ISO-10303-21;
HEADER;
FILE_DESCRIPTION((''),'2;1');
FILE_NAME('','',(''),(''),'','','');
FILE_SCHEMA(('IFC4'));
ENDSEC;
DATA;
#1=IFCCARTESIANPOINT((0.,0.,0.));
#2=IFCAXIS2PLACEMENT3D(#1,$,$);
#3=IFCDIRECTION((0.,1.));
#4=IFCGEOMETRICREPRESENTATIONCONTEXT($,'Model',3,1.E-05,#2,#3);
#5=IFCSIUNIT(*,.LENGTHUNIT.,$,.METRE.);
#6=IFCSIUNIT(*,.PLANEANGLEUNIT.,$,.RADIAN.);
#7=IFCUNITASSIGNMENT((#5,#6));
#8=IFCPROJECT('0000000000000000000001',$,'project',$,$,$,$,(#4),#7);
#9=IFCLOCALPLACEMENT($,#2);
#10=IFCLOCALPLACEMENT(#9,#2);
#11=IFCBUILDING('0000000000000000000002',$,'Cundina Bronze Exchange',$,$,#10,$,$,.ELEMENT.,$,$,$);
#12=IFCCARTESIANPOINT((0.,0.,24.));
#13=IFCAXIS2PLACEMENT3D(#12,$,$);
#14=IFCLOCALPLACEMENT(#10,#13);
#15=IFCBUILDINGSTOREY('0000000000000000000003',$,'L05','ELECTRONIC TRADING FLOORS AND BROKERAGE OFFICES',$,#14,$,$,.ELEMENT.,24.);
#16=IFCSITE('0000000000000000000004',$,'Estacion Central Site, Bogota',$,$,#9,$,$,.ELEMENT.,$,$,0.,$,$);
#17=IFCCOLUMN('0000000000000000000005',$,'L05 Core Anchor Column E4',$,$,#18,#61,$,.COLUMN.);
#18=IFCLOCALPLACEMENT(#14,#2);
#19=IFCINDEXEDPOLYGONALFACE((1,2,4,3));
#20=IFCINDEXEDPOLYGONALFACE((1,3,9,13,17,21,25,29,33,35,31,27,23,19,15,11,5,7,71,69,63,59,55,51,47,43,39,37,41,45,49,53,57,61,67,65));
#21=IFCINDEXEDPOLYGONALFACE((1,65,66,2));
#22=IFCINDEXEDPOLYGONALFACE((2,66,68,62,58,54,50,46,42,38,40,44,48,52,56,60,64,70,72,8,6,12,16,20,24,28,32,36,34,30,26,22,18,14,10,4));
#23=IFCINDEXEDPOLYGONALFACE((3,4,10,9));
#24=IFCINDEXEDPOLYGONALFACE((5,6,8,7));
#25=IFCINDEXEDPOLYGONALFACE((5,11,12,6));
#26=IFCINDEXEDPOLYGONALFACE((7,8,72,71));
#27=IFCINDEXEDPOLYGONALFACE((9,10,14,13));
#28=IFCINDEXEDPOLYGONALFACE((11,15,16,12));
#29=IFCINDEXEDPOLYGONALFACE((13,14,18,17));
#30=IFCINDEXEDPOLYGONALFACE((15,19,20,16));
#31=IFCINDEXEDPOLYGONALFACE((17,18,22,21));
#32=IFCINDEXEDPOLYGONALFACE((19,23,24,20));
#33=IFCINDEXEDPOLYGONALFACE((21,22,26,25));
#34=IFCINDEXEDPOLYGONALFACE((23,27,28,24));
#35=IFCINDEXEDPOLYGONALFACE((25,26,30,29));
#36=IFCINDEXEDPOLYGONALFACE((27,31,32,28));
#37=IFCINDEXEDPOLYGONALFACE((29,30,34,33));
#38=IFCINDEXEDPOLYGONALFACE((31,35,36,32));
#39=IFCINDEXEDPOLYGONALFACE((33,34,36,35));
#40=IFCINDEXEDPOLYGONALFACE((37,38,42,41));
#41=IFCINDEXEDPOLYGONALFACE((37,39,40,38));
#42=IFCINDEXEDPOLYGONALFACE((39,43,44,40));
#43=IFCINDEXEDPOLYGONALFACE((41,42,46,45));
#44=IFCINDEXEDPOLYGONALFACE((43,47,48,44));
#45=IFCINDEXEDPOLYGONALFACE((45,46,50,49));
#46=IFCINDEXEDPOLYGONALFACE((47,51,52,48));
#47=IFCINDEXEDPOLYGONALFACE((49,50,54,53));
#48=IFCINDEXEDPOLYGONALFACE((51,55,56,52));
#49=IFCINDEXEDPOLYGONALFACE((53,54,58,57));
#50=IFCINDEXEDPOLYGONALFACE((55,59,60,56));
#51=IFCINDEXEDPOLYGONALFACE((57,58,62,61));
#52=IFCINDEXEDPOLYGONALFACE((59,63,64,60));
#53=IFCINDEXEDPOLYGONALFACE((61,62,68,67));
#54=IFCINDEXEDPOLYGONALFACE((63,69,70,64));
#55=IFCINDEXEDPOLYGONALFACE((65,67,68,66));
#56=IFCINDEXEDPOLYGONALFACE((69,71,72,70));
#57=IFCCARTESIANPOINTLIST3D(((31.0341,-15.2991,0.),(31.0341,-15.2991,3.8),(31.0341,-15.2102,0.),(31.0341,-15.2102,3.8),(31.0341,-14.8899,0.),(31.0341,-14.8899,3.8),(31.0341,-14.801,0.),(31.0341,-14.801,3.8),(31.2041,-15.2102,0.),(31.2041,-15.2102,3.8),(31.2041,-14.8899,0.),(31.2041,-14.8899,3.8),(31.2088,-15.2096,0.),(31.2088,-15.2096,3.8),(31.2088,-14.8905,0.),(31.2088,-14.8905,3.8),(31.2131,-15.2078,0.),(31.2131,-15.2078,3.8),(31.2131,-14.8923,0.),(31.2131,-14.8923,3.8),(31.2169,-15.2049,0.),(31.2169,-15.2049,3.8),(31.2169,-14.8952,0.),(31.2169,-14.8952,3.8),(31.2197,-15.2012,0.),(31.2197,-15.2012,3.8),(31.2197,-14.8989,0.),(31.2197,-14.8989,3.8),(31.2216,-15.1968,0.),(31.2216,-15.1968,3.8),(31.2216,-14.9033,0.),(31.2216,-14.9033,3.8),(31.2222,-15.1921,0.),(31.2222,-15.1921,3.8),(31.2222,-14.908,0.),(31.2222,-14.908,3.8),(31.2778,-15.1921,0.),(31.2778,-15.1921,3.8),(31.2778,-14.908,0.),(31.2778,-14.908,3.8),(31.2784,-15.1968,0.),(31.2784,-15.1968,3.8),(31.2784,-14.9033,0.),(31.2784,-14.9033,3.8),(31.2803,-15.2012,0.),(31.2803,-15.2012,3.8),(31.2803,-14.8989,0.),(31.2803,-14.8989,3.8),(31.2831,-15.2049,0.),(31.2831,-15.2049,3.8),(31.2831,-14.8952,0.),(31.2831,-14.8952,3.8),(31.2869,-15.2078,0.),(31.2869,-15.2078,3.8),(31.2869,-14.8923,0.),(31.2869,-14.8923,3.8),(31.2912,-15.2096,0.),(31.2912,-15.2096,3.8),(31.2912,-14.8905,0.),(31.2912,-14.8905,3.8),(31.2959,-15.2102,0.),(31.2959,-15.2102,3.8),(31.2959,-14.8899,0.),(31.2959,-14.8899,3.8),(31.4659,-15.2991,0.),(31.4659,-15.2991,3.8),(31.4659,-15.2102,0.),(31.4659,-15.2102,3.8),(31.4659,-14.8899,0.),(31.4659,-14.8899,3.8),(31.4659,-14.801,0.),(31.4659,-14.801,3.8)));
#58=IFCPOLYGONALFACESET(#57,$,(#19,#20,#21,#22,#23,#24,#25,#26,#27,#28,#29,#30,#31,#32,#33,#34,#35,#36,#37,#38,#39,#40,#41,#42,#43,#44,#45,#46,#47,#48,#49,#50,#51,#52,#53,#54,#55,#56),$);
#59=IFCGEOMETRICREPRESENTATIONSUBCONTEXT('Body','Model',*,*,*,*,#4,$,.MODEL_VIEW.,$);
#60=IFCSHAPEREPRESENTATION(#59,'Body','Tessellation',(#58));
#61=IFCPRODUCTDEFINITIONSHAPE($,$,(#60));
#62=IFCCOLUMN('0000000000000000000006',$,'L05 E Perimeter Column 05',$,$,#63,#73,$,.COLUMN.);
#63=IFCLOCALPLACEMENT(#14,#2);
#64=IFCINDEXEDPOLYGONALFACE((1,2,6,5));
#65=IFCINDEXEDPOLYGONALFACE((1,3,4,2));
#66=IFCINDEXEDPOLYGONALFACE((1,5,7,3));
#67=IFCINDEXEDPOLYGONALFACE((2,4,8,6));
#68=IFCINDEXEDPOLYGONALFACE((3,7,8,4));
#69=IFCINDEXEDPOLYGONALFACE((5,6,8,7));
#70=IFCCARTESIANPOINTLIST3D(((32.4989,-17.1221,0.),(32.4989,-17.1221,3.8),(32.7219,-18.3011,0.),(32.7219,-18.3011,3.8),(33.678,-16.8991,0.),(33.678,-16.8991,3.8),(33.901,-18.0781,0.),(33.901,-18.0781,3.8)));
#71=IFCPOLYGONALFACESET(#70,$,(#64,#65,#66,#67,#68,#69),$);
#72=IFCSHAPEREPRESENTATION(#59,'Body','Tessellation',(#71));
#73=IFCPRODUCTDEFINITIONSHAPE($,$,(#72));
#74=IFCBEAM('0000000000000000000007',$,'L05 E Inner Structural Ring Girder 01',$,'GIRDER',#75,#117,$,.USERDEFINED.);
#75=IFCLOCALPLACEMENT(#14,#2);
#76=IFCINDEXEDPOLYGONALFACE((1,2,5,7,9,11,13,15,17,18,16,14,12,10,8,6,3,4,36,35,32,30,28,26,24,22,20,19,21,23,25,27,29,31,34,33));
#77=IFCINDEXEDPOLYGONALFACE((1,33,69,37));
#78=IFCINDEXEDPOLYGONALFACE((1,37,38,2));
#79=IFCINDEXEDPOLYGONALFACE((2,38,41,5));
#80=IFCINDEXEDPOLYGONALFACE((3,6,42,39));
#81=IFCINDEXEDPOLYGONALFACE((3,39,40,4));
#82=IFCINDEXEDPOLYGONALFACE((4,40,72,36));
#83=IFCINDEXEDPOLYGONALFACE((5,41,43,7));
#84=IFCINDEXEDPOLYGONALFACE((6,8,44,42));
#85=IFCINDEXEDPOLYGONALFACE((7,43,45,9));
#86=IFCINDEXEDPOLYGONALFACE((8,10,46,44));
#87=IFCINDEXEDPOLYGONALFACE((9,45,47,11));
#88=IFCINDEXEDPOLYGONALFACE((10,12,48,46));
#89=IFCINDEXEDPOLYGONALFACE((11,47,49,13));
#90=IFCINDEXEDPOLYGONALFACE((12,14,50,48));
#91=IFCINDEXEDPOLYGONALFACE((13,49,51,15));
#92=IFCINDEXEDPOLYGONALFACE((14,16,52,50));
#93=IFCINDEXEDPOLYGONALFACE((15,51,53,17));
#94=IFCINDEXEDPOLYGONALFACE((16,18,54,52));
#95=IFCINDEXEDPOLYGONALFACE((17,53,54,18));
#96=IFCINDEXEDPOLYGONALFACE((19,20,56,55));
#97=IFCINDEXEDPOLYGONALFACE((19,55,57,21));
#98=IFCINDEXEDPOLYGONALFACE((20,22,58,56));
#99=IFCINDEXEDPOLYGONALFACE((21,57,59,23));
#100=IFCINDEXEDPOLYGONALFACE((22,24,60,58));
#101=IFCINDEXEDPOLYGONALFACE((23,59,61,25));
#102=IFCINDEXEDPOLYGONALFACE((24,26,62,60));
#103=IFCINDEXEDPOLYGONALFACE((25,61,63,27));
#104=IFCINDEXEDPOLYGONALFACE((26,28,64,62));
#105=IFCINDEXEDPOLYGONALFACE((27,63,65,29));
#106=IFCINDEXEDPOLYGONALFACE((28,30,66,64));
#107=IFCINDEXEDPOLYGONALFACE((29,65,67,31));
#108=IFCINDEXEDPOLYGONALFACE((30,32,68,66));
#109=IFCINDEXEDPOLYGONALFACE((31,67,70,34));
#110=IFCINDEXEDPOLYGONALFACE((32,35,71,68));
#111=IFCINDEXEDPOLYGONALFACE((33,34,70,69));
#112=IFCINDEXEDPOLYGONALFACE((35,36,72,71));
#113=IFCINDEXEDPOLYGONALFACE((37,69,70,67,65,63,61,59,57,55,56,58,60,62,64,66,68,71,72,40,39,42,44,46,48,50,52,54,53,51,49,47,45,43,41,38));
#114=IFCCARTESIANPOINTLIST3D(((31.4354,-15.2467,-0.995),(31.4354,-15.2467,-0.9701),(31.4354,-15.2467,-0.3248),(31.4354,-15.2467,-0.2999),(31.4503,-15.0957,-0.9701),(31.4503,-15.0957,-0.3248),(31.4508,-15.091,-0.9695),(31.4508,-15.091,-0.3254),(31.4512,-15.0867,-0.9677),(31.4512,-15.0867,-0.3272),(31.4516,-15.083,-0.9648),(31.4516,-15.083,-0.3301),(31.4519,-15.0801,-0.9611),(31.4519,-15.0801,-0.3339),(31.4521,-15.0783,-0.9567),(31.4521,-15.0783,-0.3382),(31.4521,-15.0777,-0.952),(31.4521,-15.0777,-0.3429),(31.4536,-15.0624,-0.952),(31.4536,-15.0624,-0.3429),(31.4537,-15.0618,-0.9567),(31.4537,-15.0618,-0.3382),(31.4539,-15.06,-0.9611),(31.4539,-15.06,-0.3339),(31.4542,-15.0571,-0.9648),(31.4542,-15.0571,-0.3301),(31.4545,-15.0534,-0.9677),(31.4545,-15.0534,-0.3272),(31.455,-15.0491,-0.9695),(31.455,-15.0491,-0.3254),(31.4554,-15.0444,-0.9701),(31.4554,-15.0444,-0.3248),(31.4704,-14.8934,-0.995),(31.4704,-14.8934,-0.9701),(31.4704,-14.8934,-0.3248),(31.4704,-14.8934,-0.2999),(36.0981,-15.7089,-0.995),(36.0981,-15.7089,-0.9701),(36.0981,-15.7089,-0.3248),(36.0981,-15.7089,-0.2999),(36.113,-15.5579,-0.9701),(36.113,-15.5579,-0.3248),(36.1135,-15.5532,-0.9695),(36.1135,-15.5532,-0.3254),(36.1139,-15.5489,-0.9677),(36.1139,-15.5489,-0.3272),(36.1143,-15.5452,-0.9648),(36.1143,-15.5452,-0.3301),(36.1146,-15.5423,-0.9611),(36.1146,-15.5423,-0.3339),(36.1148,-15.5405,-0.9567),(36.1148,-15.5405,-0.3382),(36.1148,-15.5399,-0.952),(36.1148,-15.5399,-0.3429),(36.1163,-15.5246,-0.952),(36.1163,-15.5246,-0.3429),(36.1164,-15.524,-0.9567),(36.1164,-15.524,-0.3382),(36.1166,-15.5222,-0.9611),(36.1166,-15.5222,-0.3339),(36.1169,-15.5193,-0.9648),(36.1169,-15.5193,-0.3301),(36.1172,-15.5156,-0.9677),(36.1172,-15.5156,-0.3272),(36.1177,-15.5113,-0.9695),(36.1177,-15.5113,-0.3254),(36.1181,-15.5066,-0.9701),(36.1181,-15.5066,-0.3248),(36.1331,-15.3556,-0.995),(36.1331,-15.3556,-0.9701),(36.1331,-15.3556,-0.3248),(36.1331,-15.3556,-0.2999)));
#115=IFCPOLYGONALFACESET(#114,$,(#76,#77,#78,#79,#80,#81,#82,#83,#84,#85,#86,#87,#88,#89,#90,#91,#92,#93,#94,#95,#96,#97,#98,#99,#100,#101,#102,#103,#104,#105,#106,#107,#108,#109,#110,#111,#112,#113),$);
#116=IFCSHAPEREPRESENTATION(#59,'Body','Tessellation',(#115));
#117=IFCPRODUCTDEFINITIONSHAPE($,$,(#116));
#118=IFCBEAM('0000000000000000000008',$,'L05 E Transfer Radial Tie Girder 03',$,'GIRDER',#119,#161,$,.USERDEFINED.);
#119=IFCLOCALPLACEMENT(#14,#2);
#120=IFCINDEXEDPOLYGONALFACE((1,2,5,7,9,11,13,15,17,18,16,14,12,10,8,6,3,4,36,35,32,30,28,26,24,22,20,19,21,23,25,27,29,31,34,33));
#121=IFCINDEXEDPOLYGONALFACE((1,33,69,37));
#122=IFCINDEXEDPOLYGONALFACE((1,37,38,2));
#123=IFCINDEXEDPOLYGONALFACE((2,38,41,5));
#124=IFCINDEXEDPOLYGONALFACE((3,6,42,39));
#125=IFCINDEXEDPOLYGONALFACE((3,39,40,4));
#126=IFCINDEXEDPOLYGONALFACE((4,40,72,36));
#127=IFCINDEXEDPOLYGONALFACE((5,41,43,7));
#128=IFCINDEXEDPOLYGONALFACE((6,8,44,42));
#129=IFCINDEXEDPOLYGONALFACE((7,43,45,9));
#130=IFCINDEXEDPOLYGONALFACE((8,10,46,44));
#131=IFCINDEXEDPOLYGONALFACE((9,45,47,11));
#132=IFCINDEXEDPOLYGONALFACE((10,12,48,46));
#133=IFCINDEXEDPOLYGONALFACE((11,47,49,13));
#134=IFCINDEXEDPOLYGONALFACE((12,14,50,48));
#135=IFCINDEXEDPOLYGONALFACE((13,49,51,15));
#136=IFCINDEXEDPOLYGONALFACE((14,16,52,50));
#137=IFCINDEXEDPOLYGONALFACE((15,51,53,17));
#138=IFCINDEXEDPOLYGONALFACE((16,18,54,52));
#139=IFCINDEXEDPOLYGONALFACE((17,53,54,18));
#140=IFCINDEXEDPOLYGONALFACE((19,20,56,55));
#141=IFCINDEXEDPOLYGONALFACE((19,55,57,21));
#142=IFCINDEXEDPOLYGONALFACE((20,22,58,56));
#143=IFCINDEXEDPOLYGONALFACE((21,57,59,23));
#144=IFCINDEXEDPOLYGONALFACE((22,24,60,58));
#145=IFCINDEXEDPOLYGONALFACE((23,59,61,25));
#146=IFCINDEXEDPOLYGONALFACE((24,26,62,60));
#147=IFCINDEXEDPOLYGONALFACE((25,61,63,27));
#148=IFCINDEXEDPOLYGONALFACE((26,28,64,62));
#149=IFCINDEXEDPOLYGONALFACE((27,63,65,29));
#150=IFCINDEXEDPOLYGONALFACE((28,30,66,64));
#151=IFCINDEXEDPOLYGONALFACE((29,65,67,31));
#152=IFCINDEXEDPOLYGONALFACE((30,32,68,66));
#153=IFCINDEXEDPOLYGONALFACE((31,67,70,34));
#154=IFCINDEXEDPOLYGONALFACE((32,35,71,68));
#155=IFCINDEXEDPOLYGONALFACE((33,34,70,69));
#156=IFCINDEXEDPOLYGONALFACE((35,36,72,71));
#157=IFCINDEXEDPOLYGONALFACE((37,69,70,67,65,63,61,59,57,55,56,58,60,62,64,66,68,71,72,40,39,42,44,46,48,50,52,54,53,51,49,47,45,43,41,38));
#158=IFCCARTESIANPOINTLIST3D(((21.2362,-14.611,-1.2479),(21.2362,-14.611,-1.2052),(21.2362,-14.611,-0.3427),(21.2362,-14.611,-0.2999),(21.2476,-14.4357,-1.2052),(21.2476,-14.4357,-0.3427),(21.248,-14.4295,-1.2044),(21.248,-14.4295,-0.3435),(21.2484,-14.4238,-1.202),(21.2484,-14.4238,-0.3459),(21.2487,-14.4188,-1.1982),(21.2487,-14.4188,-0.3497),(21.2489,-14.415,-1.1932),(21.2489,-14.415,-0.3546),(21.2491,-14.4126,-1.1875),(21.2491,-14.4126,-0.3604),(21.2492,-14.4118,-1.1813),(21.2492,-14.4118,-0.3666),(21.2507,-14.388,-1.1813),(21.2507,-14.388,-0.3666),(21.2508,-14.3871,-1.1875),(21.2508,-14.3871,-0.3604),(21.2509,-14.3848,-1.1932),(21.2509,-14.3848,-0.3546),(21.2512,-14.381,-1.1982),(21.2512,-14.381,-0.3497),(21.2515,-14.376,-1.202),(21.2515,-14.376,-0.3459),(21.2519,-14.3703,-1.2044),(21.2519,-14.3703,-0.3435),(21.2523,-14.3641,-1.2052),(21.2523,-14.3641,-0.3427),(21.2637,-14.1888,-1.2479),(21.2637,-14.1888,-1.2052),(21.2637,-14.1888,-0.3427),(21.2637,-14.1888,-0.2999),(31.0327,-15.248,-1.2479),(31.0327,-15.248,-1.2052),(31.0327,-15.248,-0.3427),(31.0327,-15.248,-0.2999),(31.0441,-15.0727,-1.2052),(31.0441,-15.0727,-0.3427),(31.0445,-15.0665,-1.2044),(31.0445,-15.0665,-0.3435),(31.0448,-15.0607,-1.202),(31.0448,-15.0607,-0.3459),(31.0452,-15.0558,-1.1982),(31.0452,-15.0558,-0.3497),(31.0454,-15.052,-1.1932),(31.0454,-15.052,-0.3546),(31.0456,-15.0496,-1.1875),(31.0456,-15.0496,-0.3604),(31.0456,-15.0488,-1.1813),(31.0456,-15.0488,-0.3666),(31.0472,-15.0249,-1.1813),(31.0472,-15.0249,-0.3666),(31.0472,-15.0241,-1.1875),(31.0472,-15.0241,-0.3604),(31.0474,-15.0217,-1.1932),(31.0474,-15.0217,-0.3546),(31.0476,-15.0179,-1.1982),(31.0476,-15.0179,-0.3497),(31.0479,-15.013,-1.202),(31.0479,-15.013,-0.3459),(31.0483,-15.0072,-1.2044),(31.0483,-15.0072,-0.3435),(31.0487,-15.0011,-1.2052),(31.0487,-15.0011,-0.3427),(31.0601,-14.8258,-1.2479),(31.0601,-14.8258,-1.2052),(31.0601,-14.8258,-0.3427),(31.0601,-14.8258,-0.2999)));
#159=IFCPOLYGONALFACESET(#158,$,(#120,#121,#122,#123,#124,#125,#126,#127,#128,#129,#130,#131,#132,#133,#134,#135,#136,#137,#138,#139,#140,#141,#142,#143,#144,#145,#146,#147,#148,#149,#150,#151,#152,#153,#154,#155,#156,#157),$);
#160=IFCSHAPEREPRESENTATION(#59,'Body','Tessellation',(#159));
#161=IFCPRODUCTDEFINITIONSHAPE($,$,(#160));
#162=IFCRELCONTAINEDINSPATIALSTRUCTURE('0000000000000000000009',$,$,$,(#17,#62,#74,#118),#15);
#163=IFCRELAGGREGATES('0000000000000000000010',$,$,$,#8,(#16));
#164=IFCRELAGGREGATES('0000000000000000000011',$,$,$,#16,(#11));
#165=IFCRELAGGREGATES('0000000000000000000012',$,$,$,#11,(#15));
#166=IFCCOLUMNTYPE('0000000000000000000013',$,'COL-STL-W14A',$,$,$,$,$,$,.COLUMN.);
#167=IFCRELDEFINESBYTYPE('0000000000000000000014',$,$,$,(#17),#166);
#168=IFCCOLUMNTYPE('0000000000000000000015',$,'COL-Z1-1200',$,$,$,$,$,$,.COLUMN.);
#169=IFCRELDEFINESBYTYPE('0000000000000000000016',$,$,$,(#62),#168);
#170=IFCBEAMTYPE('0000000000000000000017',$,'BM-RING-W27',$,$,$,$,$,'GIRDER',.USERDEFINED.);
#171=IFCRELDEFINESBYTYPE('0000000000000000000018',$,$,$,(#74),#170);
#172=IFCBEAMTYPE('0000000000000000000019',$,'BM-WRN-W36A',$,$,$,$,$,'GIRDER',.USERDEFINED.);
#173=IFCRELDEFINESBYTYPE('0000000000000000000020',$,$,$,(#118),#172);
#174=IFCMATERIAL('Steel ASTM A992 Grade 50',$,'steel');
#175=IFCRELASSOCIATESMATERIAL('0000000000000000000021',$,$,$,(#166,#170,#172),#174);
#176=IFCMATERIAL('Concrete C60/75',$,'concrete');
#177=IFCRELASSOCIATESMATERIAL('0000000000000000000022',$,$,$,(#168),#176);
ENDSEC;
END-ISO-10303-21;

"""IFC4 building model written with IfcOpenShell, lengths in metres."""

from ifc_helpers import new_model, si_unit, direction, frame, origin, origin_2d, place, context, subcontext, project, spatial, rectangle, i_section, extrude, material, material_profile, profile_set, type_object, element, save


model = new_model("IFC4")

# Units and contexts
model_context = context("Model", 3, precision=1e-05, world=origin(), true_north=direction((0.0, 1.0)))
body_context = subcontext(model_context, "Body", "Model", "MODEL_VIEW")
ifc_project = project(units=[si_unit("LENGTHUNIT", "METRE"), si_unit("PLANEANGLEUNIT", "RADIAN")], contexts=[model_context])

# Site, building, storey
site_placement = place(None, origin())
site = spatial("IfcSite", under=ifc_project, at=site_placement, Name="Estacion Central Site, Bogota", CompositionType="ELEMENT", RefElevation=0.0)
building_placement = place(site_placement, origin())
building = spatial("IfcBuilding", under=site, at=building_placement, Name="Cundina Bronze Exchange", CompositionType="ELEMENT")
storey_placement = place(building_placement, frame((0.0, 0.0, 24.0)))
storey = spatial("IfcBuildingStorey", under=building, at=storey_placement, Name="L05", Description="ELECTRONIC TRADING FLOORS AND BROKERAGE OFFICES", CompositionType="ELEMENT", Elevation=24.0)

# Columns
ifc_material_1 = material(Name="Steel ASTM A992 Grade 50", Category="steel")
ifc_material_profile_1 = material_profile(ifc_material_1, i_section(OverallWidth=0.4319, OverallDepth=0.498, WebThickness=0.0557, FlangeThickness=0.0889, FilletRadius=0.0181, at=origin_2d()), Name="W14X500", Category="steel")
ifc_profile_set_1 = profile_set([ifc_material_profile_1], Name="Steel ASTM A992 Grade 50")
column_type_1 = type_object("IfcColumnType", Name="COL-STL-W14A", PredefinedType="COLUMN", material=ifc_profile_set_1)
column_1_placement = place(storey_placement, frame((31.25, -15.05, 0.0), z_axis=(0.0, 0.0, 1.0), x_axis=(1.0, 0.0, 0.0)))
element("IfcColumn", 1, at=column_1_placement, inside=storey, type_object=column_type_1, Name="L05 Core Anchor Column E4", PredefinedType="COLUMN", context=body_context, shape_type="SweptSolid", body=[
    extrude(i_section(OverallWidth=0.4319, OverallDepth=0.498, WebThickness=0.0557, FlangeThickness=0.0889, FilletRadius=0.0181, at=origin_2d()), origin(), (0.0, 0.0, 1.0), 3.8),
])
ifc_material_2 = material(Name="Concrete C60/75", Category="concrete")
ifc_material_profile_2 = material_profile(ifc_material_2, rectangle(XDim=1.2, YDim=1.2, at=origin_2d()), Name="RC1200X1200", Category="concrete")
ifc_profile_set_2 = profile_set([ifc_material_profile_2], Name="Concrete C60/75")
column_type_2 = type_object("IfcColumnType", Name="COL-Z1-1200", PredefinedType="COLUMN", material=ifc_profile_set_2)
column_2_placement = place(storey_placement, frame((33.2, -17.6001, 0.0), z_axis=(0.0, 0.0, 1.0), x_axis=(0.98258, 0.185838, 0.0)))
element("IfcColumn", 2, at=column_2_placement, inside=storey, type_object=column_type_2, Name="L05 E Perimeter Column 05", PredefinedType="COLUMN", context=body_context, shape_type="SweptSolid", body=[
    extrude(rectangle(XDim=1.2, YDim=1.2, at=origin_2d()), origin(), (0.0, 0.0, 1.0), 3.8),
])

# Beams
ifc_material_profile_3 = material_profile(ifc_material_1, i_section(OverallWidth=0.355, OverallDepth=0.6951, WebThickness=0.0154, FlangeThickness=0.0249, FilletRadius=0.0181, at=origin_2d()), Name="W27X146", Category="steel")
ifc_profile_set_3 = profile_set([ifc_material_profile_3], Name="Steel ASTM A992 Grade 50")
beam_type_1 = type_object("IfcBeamType", Name="BM-RING-W27", ElementType="GIRDER", PredefinedType="USERDEFINED", material=ifc_profile_set_3)
beam_1_placement = place(storey_placement, frame((31.4529, -15.0701, -0.6475), z_axis=(0.995123, -0.098637, 0.0), x_axis=(0.098637, 0.995123, 0.0)))
element("IfcBeam", 3, at=beam_1_placement, inside=storey, type_object=beam_type_1, Name="L05 E Inner Structural Ring Girder 01", ObjectType="GIRDER", PredefinedType="USERDEFINED", context=body_context, shape_type="SweptSolid", body=[
    extrude(i_section(OverallWidth=0.355, OverallDepth=0.6951, WebThickness=0.0154, FlangeThickness=0.0249, FilletRadius=0.0181, at=origin_2d()), origin(), (0.0, 0.0, 1.0), 4.6855),
])
ifc_material_profile_4 = material_profile(ifc_material_1, i_section(OverallWidth=0.4231, OverallDepth=0.948, WebThickness=0.0239, FlangeThickness=0.0427, FilletRadius=0.0239, at=origin_2d()), Name="W36X302", Category="steel")
ifc_profile_set_4 = profile_set([ifc_material_profile_4], Name="Steel ASTM A992 Grade 50")
beam_type_2 = type_object("IfcBeamType", Name="BM-WRN-W36A", ElementType="GIRDER", PredefinedType="USERDEFINED", material=ifc_profile_set_4)
beam_2_placement = place(storey_placement, frame((31.0464, -15.0369, -0.7739), z_axis=(-0.997893, 0.064883, 0.0), x_axis=(-0.064883, -0.997893, 0.0)))
element("IfcBeam", 4, at=beam_2_placement, inside=storey, type_object=beam_type_2, Name="L05 E Transfer Radial Tie Girder 03", ObjectType="GIRDER", PredefinedType="USERDEFINED", context=body_context, shape_type="SweptSolid", body=[
    extrude(i_section(OverallWidth=0.4231, OverallDepth=0.948, WebThickness=0.0239, FlangeThickness=0.0427, FilletRadius=0.0239, at=origin_2d()), origin(), (0.0, 0.0, 1.0), 9.8171),
])

save(model, "model.ifc")
